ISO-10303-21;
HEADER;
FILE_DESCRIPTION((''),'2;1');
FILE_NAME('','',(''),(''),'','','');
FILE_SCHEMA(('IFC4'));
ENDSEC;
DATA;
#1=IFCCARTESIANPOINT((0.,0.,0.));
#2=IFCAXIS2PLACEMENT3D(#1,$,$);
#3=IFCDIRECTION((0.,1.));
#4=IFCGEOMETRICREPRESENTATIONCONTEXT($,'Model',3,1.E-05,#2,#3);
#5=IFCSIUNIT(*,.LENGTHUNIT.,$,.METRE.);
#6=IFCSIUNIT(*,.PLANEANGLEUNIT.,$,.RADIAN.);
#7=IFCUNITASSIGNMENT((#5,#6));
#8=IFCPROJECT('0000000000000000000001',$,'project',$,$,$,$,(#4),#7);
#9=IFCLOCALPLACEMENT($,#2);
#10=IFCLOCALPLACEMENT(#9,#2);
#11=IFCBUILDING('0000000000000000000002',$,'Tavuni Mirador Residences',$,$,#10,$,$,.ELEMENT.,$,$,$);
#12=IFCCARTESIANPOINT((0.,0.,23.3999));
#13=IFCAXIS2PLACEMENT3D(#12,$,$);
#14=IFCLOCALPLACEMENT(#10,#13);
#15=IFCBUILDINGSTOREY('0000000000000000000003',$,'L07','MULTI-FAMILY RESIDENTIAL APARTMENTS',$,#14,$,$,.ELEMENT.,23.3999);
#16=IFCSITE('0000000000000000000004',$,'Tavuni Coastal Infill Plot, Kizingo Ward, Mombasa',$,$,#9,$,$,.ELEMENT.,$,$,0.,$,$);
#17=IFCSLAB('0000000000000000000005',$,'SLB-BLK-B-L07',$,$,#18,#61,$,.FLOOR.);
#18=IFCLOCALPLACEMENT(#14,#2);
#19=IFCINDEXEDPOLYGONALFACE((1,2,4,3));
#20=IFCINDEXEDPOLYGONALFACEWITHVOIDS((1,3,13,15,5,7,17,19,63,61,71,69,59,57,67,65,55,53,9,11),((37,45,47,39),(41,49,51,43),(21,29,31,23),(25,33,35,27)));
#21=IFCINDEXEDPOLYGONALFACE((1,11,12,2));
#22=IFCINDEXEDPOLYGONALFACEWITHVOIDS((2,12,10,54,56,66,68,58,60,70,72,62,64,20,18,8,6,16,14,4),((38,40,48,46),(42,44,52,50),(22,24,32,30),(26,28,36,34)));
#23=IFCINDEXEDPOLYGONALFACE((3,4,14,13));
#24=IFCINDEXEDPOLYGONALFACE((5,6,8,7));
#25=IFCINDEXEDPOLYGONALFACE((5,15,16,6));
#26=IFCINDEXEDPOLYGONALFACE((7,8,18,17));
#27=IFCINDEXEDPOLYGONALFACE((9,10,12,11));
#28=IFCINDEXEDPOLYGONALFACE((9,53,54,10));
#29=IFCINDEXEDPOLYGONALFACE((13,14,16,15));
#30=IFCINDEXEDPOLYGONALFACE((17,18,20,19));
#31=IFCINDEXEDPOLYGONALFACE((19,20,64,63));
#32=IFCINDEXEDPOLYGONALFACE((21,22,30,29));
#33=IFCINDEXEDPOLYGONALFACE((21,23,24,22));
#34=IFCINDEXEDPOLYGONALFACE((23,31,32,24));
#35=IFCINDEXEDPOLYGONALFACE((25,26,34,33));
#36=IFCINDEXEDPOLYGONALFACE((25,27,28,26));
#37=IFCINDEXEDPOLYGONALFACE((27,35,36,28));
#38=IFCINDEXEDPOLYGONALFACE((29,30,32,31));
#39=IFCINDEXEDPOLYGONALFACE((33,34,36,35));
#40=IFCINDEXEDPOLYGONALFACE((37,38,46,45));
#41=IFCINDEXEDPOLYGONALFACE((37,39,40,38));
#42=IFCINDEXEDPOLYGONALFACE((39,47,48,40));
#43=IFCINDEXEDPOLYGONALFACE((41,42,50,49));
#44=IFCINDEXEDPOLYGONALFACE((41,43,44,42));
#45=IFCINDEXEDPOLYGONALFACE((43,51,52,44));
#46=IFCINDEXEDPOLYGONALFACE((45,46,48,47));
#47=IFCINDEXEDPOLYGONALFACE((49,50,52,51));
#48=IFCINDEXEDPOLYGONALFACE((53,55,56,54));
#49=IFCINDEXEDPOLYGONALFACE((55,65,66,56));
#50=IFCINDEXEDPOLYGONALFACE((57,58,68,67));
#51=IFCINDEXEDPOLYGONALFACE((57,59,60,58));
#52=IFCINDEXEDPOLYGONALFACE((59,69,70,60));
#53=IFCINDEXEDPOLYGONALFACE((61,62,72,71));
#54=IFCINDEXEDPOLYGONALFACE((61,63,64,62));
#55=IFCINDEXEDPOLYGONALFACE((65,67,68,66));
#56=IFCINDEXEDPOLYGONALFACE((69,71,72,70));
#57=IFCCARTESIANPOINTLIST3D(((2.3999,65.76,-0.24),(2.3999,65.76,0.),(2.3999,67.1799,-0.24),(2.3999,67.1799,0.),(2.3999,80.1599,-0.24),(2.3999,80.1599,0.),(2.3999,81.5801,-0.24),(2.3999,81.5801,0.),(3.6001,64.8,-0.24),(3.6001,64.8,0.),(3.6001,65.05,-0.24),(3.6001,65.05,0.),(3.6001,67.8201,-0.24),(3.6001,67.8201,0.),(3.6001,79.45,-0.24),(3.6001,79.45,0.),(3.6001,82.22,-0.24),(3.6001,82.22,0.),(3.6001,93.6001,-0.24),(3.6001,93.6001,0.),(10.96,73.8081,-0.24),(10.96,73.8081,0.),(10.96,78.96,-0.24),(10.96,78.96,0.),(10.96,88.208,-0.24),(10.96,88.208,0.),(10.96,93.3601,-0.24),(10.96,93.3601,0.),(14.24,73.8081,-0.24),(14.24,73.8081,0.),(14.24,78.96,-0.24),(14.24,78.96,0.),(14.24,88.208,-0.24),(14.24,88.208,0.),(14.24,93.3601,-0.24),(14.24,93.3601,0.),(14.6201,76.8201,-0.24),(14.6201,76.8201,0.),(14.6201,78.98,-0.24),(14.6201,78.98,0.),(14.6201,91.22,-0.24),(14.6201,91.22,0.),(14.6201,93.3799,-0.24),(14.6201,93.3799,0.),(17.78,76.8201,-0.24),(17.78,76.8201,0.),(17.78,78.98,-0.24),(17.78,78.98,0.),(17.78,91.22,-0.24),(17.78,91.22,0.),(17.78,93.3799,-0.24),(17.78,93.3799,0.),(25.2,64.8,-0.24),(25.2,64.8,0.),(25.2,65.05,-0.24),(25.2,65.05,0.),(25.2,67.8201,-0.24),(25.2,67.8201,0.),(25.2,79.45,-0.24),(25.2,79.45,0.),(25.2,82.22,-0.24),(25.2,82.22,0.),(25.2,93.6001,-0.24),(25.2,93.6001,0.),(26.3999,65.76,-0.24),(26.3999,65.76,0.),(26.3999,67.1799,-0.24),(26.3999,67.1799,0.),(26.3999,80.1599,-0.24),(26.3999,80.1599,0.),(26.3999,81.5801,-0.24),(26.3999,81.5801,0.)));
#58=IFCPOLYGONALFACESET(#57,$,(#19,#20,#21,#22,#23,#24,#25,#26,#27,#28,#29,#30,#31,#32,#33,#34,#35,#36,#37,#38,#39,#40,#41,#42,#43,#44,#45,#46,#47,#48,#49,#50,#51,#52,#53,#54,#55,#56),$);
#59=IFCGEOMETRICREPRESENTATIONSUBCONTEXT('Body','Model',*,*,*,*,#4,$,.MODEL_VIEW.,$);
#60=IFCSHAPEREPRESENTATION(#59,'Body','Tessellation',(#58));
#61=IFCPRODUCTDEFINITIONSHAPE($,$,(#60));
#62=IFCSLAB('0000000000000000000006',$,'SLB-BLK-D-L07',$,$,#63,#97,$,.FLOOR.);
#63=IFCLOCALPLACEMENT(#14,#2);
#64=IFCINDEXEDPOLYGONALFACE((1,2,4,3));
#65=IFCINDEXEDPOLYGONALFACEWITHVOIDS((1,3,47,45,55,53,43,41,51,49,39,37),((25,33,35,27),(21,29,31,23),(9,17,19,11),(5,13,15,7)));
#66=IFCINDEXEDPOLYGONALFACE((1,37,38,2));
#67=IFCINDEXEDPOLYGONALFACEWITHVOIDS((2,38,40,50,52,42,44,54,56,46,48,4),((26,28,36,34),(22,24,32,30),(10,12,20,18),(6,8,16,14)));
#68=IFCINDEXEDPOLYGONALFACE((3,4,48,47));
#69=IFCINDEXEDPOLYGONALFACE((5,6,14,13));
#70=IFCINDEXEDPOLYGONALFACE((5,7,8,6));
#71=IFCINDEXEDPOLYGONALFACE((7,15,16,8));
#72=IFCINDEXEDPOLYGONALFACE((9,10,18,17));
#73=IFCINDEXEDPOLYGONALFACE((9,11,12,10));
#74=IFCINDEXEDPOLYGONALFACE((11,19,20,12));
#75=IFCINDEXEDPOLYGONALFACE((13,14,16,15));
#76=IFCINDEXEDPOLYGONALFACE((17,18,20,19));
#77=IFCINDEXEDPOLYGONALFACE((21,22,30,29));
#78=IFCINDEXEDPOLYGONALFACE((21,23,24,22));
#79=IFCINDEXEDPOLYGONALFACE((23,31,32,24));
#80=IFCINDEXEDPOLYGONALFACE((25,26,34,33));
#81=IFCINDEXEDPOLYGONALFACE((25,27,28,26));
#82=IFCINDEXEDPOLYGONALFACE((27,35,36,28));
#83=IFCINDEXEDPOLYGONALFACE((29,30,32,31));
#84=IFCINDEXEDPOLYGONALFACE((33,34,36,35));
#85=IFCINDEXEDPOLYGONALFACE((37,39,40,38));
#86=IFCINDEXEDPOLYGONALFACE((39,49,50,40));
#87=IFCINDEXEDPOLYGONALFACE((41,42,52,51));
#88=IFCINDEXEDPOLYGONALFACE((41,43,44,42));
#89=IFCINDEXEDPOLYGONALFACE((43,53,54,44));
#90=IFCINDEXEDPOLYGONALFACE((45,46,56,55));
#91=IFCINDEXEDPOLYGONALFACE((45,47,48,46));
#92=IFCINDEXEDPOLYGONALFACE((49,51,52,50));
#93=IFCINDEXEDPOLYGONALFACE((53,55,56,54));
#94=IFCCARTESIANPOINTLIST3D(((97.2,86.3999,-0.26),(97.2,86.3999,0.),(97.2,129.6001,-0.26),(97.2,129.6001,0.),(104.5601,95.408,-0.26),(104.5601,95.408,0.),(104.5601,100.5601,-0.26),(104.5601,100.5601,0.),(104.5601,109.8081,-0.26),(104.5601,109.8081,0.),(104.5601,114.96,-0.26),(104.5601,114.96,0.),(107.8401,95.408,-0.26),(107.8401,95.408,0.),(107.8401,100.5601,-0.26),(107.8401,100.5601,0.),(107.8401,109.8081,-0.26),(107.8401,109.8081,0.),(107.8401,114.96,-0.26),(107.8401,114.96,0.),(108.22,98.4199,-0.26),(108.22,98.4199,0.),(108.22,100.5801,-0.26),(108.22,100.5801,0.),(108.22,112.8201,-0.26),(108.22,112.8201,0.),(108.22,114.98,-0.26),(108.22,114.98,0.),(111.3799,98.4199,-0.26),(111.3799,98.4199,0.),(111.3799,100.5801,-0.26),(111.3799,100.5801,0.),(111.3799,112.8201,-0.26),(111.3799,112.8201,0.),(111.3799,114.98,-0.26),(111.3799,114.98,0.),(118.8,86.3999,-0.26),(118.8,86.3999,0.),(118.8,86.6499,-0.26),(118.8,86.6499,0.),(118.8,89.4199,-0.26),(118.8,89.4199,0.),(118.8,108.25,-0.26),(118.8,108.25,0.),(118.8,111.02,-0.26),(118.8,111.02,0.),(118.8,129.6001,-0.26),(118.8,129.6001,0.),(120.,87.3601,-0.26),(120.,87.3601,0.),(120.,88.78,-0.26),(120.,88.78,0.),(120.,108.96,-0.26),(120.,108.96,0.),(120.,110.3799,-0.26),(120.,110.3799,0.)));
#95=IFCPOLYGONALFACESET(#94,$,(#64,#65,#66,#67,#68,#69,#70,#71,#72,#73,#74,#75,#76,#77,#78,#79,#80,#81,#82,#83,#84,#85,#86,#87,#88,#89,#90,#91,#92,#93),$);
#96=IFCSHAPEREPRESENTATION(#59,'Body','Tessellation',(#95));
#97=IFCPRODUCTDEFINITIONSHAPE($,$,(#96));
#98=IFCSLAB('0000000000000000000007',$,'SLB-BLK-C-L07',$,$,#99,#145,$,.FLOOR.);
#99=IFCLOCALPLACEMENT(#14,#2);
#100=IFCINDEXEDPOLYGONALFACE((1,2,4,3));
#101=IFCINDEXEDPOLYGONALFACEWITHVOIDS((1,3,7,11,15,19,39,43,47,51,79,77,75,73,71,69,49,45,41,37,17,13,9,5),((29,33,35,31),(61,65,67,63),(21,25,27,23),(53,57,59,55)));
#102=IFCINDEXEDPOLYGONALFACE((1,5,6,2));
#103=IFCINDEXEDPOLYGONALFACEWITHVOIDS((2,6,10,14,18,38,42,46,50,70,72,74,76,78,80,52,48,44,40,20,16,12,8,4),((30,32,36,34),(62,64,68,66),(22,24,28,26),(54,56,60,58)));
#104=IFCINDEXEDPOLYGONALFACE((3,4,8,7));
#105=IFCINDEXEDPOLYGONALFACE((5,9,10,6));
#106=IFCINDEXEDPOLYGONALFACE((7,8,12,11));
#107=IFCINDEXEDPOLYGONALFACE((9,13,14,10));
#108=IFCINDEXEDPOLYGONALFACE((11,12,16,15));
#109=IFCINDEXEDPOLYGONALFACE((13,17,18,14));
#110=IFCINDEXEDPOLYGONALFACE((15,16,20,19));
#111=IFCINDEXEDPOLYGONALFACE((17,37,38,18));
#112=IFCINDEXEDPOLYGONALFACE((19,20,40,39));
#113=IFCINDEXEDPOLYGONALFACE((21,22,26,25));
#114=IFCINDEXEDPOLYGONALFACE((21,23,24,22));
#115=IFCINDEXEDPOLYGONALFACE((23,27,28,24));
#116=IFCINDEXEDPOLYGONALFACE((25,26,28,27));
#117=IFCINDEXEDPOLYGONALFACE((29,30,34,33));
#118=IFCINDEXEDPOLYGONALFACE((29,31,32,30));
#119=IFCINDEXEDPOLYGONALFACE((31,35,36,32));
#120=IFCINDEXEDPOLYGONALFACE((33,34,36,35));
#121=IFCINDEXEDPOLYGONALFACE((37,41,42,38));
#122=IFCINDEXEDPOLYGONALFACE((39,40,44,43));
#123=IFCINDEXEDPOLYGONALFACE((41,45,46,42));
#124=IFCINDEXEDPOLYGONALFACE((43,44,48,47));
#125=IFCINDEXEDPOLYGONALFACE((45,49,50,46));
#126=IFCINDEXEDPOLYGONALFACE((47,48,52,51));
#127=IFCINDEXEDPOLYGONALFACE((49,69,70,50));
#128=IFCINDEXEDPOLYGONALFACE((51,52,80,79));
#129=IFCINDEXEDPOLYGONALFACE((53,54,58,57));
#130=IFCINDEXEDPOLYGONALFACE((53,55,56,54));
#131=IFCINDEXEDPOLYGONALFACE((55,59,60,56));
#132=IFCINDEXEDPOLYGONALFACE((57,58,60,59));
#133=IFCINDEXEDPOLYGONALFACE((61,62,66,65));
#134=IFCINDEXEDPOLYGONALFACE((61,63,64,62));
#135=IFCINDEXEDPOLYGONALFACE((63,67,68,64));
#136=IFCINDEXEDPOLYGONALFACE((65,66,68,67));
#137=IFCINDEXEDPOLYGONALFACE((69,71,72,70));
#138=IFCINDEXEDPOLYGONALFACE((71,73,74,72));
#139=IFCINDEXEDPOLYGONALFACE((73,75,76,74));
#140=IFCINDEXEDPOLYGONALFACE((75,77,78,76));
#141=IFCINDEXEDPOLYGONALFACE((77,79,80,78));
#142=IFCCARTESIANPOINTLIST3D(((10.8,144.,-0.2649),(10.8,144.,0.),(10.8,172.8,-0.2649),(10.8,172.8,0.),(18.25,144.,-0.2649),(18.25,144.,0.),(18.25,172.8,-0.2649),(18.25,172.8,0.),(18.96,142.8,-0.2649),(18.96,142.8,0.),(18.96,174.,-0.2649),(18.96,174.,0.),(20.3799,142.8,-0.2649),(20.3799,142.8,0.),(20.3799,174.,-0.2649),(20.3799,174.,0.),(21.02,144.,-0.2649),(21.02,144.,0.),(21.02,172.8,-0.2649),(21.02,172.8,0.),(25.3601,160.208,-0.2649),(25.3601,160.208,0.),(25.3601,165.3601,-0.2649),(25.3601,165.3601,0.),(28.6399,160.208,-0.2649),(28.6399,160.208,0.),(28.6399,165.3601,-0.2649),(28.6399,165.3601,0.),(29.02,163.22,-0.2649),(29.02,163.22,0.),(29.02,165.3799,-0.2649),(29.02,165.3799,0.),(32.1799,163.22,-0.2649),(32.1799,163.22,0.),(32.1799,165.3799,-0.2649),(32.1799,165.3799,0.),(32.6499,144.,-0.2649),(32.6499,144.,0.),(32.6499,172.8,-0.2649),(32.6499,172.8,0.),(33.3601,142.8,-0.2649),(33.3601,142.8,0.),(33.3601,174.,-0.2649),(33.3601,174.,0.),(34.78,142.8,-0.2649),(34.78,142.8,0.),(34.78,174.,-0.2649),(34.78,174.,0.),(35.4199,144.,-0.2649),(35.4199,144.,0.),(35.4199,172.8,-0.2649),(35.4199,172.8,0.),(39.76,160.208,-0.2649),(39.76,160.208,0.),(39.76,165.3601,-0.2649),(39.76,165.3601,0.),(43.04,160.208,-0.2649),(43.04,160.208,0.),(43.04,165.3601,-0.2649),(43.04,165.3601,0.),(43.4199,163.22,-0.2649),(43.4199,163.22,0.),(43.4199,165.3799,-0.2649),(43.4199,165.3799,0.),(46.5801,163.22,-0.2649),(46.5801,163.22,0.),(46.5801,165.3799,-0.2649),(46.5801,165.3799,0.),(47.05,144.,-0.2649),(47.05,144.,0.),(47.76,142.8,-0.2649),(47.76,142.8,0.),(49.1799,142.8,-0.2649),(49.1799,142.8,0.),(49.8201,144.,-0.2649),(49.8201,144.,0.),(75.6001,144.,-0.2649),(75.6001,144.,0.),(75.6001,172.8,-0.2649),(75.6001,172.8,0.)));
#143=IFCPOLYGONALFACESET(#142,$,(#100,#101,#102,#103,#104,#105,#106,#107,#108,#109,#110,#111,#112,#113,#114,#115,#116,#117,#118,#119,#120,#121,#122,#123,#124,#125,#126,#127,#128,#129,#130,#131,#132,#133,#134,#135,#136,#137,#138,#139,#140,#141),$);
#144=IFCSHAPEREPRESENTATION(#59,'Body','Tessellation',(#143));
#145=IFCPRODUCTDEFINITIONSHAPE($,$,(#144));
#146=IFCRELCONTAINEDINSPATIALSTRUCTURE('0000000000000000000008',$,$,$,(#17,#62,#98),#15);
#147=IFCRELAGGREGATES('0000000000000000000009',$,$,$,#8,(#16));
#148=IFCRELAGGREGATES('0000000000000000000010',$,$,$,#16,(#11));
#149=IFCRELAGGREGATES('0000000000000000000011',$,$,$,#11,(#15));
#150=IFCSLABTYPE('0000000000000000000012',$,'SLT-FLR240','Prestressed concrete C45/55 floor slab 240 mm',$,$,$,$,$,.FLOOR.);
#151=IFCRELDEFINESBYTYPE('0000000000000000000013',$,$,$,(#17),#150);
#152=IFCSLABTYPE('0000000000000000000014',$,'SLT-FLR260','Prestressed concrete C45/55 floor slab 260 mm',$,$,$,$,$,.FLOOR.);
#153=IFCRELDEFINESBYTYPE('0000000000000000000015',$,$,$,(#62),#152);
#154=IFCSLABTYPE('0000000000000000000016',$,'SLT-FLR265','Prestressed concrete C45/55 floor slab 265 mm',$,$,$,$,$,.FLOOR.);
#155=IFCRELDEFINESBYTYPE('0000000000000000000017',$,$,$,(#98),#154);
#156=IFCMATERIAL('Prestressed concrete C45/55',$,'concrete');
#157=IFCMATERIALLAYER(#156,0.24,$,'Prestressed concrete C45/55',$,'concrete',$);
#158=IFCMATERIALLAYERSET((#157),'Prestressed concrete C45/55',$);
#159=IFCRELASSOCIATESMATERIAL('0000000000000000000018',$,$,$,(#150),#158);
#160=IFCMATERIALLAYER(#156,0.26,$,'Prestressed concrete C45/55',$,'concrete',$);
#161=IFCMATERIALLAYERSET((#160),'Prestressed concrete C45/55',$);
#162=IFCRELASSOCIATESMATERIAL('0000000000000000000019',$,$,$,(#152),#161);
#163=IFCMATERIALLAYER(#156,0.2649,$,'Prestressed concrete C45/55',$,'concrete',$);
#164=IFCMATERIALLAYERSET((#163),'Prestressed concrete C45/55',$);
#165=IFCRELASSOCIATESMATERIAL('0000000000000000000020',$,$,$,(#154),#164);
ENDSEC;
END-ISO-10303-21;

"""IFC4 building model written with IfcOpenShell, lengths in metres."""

from ifc_helpers import new_model, si_unit, direction, frame, origin, place, context, subcontext, project, spatial, polyline, outline, extrude, material, layer, layer_set, type_object, element, save


model = new_model("IFC4")

# Units and contexts
model_context = context("Model", 3, precision=1e-05, world=origin(), true_north=direction((0.0, 1.0)))
body_context = subcontext(model_context, "Body", "Model", "MODEL_VIEW")
ifc_project = project(units=[si_unit("LENGTHUNIT", "METRE"), si_unit("PLANEANGLEUNIT", "RADIAN")], contexts=[model_context])

# Site, building, storey
site_placement = place(None, origin())
site = spatial("IfcSite", under=ifc_project, at=site_placement, Name="Tavuni Coastal Infill Plot, Kizingo Ward, Mombasa", CompositionType="ELEMENT", RefElevation=0.0)
building_placement = place(site_placement, origin())
building = spatial("IfcBuilding", under=site, at=building_placement, Name="Tavuni Mirador Residences", CompositionType="ELEMENT")
storey_placement = place(building_placement, frame((0.0, 0.0, 23.3999)))
storey = spatial("IfcBuildingStorey", under=building, at=storey_placement, Name="L07", Description="MULTI-FAMILY RESIDENTIAL APARTMENTS", CompositionType="ELEMENT", Elevation=23.3999)

# Slabs
ifc_material_1 = material(Name="Prestressed concrete C45/55", Category="concrete")
ifc_layer_1 = layer(ifc_material_1, 0.24, Name="Prestressed concrete C45/55", Category="concrete")
ifc_layer_set_1 = layer_set([ifc_layer_1], Name="Prestressed concrete C45/55")
slab_type_1 = type_object("IfcSlabType", Name="SLT-FLR240", Description="Prestressed concrete C45/55 floor slab 240 mm", PredefinedType="FLOOR", material=ifc_layer_set_1)
slab_1_placement = place(storey_placement, frame((0.0, 0.0, -0.24)))
element("IfcSlab", 1, at=slab_1_placement, inside=storey, type_object=slab_type_1, Name="SLB-BLK-B-L07", PredefinedType="FLOOR", context=body_context, shape_type="SweptSolid", body=[
    extrude(outline(polyline([(3.6001, 64.8), (25.2, 64.8), (25.2, 65.05), (26.3999, 65.76), (26.3999, 67.1799), (25.2, 67.8201), (25.2, 79.45), (26.3999, 80.1599), (26.3999, 81.5801), (25.2, 82.22), (25.2, 93.6001), (3.6001, 93.6001), (3.6001, 82.22), (2.3999, 81.5801), (2.3999, 80.1599), (3.6001, 79.45), (3.6001, 67.8201), (2.3999, 67.1799), (2.3999, 65.76), (3.6001, 65.05), (3.6001, 64.8)]), holes=[polyline([(10.96, 73.8081), (14.24, 73.8081), (14.24, 78.96), (10.96, 78.96), (10.96, 73.8081)]), polyline([(14.6201, 76.8201), (17.78, 76.8201), (17.78, 78.98), (14.6201, 78.98), (14.6201, 76.8201)]), polyline([(10.96, 88.208), (14.24, 88.208), (14.24, 93.3601), (10.96, 93.3601), (10.96, 88.208)]), polyline([(14.6201, 91.22), (17.78, 91.22), (17.78, 93.3799), (14.6201, 93.3799), (14.6201, 91.22)])]), origin(), (0.0, 0.0, 1.0), 0.24),
])
ifc_layer_2 = layer(ifc_material_1, 0.26, Name="Prestressed concrete C45/55", Category="concrete")
ifc_layer_set_2 = layer_set([ifc_layer_2], Name="Prestressed concrete C45/55")
slab_type_2 = type_object("IfcSlabType", Name="SLT-FLR260", Description="Prestressed concrete C45/55 floor slab 260 mm", PredefinedType="FLOOR", material=ifc_layer_set_2)
slab_2_placement = place(storey_placement, frame((0.0, 0.0, -0.26)))
element("IfcSlab", 2, at=slab_2_placement, inside=storey, type_object=slab_type_2, Name="SLB-BLK-D-L07", PredefinedType="FLOOR", context=body_context, shape_type="SweptSolid", body=[
    extrude(outline(polyline([(97.2, 86.3999), (118.8, 86.3999), (118.8, 86.6499), (120.0, 87.3601), (120.0, 88.78), (118.8, 89.4199), (118.8, 108.25), (120.0, 108.96), (120.0, 110.3799), (118.8, 111.02), (118.8, 129.6001), (97.2, 129.6001), (97.2, 86.3999)]), holes=[polyline([(104.5601, 95.408), (107.8401, 95.408), (107.8401, 100.5601), (104.5601, 100.5601), (104.5601, 95.408)]), polyline([(108.22, 98.4199), (111.3799, 98.4199), (111.3799, 100.5801), (108.22, 100.5801), (108.22, 98.4199)]), polyline([(104.5601, 109.8081), (107.8401, 109.8081), (107.8401, 114.96), (104.5601, 114.96), (104.5601, 109.8081)]), polyline([(108.22, 112.8201), (111.3799, 112.8201), (111.3799, 114.98), (108.22, 114.98), (108.22, 112.8201)])]), origin(), (0.0, 0.0, 1.0), 0.26),
])
ifc_layer_3 = layer(ifc_material_1, 0.2649, Name="Prestressed concrete C45/55", Category="concrete")
ifc_layer_set_3 = layer_set([ifc_layer_3], Name="Prestressed concrete C45/55")
slab_type_3 = type_object("IfcSlabType", Name="SLT-FLR265", Description="Prestressed concrete C45/55 floor slab 265 mm", PredefinedType="FLOOR", material=ifc_layer_set_3)
slab_3_placement = place(storey_placement, frame((0.0, 0.0, -0.2649)))
element("IfcSlab", 3, at=slab_3_placement, inside=storey, type_object=slab_type_3, Name="SLB-BLK-C-L07", PredefinedType="FLOOR", context=body_context, shape_type="SweptSolid", body=[
    extrude(outline(polyline([(10.8, 144.0), (18.25, 144.0), (18.96, 142.8), (20.3799, 142.8), (21.02, 144.0), (32.6499, 144.0), (33.3601, 142.8), (34.78, 142.8), (35.4199, 144.0), (47.05, 144.0), (47.76, 142.8), (49.1799, 142.8), (49.8201, 144.0), (75.6001, 144.0), (75.6001, 172.8), (35.4199, 172.8), (34.78, 174.0), (33.3601, 174.0), (32.6499, 172.8), (21.02, 172.8), (20.3799, 174.0), (18.96, 174.0), (18.25, 172.8), (10.8, 172.8), (10.8, 144.0)]), holes=[polyline([(25.3601, 160.208), (28.6399, 160.208), (28.6399, 165.3601), (25.3601, 165.3601), (25.3601, 160.208)]), polyline([(29.02, 163.22), (32.1799, 163.22), (32.1799, 165.3799), (29.02, 165.3799), (29.02, 163.22)]), polyline([(39.76, 160.208), (43.04, 160.208), (43.04, 165.3601), (39.76, 165.3601), (39.76, 160.208)]), polyline([(43.4199, 163.22), (46.5801, 163.22), (46.5801, 165.3799), (43.4199, 165.3799), (43.4199, 163.22)])]), origin(), (0.0, 0.0, 1.0), 0.2649),
])

save(model, "model.ifc")
